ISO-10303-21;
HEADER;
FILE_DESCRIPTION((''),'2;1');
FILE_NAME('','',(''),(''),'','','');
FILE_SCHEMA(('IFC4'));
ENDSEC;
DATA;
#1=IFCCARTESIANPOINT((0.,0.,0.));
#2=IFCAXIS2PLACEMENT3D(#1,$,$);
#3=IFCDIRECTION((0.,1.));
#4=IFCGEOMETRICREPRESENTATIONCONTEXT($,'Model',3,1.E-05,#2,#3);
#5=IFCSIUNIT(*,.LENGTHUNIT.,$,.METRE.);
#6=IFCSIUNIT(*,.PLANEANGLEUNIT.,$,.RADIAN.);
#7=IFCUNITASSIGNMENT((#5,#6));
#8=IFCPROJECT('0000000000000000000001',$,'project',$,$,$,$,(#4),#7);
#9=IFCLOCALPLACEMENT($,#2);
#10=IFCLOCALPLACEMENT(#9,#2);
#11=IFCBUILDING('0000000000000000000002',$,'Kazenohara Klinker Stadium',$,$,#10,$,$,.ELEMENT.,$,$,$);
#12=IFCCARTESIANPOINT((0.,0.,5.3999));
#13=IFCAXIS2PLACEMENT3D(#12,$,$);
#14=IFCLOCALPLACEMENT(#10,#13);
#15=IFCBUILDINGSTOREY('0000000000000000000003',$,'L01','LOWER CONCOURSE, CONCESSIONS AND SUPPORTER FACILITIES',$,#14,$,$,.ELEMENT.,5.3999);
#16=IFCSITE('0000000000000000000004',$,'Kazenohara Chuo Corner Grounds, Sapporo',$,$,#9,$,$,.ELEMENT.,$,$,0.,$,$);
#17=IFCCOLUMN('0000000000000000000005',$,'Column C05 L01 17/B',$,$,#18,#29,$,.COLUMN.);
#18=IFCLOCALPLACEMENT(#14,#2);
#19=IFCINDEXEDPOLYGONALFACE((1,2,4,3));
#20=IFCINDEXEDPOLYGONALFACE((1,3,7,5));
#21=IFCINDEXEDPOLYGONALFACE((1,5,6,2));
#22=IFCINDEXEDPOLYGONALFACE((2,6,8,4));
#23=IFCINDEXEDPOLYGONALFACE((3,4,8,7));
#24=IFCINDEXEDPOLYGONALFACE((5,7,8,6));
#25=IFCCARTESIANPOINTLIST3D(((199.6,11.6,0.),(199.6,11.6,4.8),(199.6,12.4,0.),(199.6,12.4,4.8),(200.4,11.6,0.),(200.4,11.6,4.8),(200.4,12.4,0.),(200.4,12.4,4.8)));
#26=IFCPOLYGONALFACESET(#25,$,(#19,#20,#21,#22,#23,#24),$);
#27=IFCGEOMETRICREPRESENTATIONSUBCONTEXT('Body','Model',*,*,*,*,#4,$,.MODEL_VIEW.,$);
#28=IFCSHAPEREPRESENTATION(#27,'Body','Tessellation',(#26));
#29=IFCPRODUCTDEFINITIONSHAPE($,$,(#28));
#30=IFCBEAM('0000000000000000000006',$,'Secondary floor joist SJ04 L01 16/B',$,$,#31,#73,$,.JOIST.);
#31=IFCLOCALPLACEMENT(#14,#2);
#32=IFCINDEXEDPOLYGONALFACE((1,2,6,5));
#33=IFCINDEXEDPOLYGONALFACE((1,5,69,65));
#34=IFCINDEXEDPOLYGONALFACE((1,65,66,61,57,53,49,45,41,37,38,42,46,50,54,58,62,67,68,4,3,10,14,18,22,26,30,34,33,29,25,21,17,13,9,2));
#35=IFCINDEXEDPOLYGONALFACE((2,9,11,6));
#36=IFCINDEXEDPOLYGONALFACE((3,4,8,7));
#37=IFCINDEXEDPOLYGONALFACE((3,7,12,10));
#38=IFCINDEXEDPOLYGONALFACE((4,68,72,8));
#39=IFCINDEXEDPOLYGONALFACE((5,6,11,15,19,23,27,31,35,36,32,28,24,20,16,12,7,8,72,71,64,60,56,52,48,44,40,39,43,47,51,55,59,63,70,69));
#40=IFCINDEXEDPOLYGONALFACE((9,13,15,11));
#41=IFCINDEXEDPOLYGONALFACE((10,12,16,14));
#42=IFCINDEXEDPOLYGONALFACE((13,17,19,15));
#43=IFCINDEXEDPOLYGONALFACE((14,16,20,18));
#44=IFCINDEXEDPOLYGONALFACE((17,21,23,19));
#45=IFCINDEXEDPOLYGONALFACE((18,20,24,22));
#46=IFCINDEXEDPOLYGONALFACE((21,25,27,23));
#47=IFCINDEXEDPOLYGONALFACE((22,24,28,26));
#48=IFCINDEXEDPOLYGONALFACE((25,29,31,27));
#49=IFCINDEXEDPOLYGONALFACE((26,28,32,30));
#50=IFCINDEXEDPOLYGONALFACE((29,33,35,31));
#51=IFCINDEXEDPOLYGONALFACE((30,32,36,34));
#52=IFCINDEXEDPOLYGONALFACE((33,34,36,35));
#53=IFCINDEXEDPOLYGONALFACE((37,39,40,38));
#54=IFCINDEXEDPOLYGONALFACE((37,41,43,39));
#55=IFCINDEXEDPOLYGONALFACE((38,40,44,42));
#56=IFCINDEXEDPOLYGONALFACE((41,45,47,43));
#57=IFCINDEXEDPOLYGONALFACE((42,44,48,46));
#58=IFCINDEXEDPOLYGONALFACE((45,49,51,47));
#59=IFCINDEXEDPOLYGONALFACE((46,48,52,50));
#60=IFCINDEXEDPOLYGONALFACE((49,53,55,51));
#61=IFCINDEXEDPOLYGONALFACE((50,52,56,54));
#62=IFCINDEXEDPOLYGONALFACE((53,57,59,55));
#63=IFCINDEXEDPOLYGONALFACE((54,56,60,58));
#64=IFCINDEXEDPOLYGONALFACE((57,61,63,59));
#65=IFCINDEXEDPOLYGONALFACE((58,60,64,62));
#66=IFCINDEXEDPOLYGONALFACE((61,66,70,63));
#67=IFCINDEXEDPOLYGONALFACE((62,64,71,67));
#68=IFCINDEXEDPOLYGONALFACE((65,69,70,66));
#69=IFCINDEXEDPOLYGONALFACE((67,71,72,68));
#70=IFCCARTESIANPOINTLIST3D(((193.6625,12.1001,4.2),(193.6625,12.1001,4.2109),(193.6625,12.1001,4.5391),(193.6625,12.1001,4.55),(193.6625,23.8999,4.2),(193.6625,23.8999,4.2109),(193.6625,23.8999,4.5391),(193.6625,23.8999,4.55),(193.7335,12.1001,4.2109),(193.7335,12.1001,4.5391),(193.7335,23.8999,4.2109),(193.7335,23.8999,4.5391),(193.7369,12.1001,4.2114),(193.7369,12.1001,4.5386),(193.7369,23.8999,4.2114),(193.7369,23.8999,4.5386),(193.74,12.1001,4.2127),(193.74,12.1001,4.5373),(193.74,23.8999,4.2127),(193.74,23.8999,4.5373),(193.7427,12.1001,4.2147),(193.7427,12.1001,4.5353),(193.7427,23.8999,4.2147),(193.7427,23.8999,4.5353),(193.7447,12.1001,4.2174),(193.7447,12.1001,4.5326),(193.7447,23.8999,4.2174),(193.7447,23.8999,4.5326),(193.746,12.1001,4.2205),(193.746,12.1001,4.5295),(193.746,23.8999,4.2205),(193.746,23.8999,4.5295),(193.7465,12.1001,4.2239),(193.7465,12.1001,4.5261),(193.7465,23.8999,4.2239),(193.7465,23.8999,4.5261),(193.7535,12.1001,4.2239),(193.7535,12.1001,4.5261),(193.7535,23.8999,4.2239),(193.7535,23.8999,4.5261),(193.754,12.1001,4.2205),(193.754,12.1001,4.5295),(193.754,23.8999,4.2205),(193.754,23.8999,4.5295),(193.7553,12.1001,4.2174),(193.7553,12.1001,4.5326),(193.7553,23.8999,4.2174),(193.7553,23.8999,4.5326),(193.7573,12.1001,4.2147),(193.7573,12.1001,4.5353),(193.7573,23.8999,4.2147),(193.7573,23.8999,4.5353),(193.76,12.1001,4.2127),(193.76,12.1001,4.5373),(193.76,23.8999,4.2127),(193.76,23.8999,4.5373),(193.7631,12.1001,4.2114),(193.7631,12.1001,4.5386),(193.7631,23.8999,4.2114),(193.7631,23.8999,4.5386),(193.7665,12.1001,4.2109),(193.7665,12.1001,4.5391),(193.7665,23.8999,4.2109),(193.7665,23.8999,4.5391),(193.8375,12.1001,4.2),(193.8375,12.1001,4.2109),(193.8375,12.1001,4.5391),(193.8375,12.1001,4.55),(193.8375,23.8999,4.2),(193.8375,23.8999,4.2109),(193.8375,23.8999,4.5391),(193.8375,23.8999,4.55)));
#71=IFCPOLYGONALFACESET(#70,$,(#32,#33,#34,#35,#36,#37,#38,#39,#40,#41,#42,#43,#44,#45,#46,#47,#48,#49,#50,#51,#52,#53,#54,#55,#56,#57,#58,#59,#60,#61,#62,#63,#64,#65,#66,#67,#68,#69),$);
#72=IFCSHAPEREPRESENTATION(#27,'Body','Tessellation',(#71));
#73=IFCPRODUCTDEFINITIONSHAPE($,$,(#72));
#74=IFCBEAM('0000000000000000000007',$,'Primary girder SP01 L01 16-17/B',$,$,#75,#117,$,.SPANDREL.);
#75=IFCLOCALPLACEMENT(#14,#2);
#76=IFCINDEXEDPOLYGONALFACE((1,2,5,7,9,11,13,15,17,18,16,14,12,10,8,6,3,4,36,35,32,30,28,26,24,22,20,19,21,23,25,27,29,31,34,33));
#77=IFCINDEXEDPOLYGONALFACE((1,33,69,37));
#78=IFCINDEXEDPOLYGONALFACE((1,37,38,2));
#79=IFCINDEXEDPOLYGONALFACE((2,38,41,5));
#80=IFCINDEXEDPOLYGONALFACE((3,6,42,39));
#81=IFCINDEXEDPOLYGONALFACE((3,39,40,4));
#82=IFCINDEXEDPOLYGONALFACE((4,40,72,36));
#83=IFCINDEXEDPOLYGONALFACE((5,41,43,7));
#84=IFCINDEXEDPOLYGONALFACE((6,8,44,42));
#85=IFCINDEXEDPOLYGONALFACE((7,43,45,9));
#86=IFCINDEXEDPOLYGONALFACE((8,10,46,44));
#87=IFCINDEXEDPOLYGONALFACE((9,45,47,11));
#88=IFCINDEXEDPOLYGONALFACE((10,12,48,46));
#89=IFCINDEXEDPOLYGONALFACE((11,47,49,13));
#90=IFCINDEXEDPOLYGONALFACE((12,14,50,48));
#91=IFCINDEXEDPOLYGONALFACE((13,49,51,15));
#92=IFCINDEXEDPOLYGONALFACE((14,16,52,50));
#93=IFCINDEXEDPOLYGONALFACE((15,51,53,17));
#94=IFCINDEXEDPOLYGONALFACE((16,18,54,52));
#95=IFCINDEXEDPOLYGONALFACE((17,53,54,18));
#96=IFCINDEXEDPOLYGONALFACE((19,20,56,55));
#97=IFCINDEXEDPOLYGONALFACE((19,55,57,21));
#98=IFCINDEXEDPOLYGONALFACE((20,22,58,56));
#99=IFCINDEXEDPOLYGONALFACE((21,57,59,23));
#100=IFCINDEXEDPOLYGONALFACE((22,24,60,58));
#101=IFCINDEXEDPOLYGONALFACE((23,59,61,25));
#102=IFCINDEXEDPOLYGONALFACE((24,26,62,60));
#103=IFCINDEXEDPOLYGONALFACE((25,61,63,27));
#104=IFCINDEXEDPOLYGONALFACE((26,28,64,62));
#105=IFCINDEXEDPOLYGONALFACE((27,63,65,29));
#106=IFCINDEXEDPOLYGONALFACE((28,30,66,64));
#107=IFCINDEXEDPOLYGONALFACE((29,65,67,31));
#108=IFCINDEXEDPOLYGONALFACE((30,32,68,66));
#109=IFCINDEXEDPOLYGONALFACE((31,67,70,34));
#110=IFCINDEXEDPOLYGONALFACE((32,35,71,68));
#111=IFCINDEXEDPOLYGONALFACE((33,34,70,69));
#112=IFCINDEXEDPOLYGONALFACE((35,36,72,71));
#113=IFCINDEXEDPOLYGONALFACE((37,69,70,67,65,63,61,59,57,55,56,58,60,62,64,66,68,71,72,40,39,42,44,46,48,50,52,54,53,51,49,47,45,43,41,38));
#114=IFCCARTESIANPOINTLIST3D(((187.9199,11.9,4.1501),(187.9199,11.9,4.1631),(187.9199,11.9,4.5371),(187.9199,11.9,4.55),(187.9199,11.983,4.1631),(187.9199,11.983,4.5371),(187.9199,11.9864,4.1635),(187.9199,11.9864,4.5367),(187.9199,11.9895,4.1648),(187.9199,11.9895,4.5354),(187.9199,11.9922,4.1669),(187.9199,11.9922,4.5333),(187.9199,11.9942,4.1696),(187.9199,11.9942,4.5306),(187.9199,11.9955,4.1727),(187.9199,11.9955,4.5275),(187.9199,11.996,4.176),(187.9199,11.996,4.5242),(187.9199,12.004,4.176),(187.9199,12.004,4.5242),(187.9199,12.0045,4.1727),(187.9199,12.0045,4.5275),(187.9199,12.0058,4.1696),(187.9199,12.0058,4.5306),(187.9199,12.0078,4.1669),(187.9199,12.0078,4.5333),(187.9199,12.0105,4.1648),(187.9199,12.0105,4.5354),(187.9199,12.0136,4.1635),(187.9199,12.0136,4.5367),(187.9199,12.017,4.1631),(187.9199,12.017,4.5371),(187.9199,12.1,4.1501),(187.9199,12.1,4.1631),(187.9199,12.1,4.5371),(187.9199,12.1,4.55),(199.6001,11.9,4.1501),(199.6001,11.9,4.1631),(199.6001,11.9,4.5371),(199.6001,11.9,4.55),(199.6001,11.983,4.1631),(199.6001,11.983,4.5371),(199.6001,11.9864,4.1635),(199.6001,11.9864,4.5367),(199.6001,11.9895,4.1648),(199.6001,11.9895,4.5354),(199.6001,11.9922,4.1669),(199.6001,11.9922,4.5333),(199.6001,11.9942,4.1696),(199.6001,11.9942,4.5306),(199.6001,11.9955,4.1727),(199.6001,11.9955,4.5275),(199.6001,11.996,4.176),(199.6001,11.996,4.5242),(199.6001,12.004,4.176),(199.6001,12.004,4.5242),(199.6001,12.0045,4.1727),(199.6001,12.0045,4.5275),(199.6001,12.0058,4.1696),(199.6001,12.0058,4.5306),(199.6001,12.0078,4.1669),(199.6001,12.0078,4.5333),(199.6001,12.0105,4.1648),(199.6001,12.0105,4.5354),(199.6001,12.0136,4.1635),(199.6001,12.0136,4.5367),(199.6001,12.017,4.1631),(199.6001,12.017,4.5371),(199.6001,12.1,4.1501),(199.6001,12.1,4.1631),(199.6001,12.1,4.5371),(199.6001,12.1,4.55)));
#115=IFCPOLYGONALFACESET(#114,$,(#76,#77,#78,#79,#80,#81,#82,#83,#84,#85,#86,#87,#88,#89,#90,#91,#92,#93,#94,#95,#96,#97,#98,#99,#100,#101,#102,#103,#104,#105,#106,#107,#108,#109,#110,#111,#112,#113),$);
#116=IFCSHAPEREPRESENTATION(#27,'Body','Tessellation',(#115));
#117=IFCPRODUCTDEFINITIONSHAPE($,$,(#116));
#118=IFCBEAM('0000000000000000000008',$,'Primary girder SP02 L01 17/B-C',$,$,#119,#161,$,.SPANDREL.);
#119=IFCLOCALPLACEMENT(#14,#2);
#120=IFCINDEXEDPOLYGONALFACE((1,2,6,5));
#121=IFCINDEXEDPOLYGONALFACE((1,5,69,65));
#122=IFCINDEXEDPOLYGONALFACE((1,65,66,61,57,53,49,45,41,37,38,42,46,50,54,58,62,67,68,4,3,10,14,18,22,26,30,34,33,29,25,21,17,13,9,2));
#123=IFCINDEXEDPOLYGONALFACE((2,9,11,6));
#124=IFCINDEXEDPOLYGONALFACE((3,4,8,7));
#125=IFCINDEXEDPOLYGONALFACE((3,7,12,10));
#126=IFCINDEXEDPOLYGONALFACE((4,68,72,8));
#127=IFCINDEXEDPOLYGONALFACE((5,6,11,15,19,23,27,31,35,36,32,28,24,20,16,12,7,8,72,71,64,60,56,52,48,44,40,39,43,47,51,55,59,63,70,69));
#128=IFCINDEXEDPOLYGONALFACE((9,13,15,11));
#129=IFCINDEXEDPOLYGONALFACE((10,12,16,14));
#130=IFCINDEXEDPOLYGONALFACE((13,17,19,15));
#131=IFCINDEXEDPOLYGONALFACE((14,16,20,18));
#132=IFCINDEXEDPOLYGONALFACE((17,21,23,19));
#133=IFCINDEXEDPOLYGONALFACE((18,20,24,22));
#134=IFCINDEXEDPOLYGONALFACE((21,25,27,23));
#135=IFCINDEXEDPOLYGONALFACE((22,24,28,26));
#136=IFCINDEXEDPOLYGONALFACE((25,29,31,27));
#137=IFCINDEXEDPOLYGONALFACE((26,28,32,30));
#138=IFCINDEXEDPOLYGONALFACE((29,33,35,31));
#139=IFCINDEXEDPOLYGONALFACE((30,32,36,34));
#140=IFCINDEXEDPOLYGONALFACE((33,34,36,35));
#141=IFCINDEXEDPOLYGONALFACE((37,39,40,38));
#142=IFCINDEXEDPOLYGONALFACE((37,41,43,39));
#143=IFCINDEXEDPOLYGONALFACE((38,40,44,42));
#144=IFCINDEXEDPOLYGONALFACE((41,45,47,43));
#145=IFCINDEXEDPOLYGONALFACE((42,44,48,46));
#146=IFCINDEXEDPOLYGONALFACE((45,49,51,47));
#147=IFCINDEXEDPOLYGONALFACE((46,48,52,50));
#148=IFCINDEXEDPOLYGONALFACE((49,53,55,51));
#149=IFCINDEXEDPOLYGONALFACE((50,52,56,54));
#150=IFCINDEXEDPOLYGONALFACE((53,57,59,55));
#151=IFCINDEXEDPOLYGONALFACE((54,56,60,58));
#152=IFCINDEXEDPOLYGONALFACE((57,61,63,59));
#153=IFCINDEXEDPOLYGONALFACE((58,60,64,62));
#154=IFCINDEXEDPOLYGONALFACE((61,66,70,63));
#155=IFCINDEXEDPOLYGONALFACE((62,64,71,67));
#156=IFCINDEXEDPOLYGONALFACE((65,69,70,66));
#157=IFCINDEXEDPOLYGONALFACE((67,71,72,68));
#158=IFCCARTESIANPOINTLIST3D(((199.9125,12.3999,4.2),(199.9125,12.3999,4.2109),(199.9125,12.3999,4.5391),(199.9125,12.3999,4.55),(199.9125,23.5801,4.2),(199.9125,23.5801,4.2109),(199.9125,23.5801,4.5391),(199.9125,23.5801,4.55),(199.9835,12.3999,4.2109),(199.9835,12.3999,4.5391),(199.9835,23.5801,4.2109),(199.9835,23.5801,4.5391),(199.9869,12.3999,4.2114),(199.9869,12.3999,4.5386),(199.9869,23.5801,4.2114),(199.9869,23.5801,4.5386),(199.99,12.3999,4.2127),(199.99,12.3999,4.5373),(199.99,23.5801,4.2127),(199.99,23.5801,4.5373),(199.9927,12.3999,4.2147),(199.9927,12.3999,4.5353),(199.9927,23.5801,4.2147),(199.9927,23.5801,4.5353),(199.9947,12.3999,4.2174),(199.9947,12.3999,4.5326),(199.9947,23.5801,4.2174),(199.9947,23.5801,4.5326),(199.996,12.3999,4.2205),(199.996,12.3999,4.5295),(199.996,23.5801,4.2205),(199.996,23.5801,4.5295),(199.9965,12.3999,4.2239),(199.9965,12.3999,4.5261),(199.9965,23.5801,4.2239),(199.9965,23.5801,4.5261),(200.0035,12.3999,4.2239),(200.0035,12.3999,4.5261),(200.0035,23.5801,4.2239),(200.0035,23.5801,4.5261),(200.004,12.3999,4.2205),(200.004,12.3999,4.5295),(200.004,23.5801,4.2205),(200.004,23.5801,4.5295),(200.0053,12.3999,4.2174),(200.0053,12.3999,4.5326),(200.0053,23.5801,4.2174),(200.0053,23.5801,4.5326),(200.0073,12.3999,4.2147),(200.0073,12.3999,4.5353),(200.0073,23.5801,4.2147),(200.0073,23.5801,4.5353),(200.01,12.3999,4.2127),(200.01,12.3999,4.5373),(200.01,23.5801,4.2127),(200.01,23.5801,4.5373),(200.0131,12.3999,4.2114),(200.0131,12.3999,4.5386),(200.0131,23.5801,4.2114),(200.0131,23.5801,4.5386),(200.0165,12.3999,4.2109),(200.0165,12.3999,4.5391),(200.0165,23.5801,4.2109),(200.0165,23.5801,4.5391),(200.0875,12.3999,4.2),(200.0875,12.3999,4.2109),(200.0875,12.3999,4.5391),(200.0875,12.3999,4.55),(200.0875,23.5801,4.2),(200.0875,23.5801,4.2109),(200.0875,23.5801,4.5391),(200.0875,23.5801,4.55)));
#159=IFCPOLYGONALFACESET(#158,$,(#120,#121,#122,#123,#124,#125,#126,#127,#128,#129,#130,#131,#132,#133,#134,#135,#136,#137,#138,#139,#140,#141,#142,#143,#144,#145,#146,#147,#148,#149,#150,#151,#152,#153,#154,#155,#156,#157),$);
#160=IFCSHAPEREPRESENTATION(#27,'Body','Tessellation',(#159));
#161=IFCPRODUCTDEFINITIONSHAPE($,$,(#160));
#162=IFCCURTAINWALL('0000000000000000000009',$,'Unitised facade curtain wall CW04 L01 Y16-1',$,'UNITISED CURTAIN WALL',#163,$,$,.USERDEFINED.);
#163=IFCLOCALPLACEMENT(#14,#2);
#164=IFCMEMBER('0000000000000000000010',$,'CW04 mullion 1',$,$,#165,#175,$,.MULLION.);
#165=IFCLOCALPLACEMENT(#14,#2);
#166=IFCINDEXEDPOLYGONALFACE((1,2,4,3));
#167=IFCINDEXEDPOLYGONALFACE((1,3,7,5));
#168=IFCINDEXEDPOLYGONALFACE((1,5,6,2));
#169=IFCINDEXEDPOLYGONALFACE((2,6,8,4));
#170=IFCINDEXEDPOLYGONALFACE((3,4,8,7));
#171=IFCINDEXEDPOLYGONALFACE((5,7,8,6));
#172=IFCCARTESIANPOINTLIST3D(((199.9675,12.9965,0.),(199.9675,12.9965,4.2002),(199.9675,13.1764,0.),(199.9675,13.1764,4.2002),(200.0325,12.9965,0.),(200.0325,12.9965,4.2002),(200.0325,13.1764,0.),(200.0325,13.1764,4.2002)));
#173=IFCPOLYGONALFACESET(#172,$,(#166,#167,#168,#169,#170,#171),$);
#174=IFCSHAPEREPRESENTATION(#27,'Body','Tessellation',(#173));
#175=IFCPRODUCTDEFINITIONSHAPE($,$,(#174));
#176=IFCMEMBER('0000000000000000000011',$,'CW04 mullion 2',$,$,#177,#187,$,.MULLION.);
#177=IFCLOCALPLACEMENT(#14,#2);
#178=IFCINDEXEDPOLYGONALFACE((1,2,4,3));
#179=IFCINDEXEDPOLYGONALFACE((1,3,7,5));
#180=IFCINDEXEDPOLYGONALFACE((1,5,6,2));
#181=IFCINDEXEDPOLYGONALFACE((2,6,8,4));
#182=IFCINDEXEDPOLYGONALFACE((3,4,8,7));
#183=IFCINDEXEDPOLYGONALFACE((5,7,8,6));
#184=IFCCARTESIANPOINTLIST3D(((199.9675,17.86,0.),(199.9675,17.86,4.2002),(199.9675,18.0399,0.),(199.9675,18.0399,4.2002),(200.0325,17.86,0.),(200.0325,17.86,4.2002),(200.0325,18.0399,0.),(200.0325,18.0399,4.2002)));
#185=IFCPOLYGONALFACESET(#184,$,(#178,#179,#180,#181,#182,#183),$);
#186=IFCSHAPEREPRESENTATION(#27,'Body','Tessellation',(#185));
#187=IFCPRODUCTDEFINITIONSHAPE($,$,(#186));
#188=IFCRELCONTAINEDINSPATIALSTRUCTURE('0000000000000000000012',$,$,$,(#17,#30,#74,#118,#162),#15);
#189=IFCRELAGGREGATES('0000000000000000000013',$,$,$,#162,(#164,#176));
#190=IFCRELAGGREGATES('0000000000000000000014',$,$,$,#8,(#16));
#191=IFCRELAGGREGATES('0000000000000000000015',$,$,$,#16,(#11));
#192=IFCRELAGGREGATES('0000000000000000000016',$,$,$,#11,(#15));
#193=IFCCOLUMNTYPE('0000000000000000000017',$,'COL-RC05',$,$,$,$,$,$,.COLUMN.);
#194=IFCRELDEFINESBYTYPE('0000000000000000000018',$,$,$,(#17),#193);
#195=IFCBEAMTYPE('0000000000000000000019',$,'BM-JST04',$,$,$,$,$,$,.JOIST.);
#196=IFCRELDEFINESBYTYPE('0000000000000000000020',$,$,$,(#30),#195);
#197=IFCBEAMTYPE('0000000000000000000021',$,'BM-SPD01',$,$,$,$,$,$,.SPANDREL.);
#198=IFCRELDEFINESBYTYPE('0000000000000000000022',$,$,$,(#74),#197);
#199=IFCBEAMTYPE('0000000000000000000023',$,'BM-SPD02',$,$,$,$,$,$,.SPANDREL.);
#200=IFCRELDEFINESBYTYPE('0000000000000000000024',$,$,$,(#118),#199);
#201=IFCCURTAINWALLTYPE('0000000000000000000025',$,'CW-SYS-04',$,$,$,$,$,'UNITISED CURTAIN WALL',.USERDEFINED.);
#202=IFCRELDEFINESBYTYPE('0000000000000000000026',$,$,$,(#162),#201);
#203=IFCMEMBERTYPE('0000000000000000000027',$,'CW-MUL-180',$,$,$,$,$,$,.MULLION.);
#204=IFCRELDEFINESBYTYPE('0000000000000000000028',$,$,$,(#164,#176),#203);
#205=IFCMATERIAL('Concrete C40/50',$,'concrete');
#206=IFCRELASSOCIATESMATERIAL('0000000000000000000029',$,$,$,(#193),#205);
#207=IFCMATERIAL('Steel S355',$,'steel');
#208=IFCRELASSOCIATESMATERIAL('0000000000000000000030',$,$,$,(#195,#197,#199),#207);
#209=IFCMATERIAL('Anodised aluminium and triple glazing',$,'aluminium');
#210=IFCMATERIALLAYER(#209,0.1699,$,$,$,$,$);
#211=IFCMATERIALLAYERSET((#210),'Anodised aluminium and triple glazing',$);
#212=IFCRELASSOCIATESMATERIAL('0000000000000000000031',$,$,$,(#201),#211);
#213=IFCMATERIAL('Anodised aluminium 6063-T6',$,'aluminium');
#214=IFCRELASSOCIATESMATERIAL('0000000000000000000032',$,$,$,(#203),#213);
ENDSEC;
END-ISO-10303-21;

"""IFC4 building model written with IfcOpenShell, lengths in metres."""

from ifc_helpers import new_model, si_unit, direction, frame, origin, origin_2d, place, context, subcontext, project, spatial, rectangle, i_section, extrude, material, layer, layer_set, material_profile, profile_set, type_object, element, aggregate, save


model = new_model("IFC4")

# Units and contexts
model_context = context("Model", 3, precision=1e-05, world=origin(), true_north=direction((0.0, 1.0)))
body_context = subcontext(model_context, "Body", "Model", "MODEL_VIEW")
ifc_project = project(units=[si_unit("LENGTHUNIT", "METRE"), si_unit("PLANEANGLEUNIT", "RADIAN")], contexts=[model_context])

# Site, building, storey
site_placement = place(None, origin())
site = spatial("IfcSite", under=ifc_project, at=site_placement, Name="Kazenohara Chuo Corner Grounds, Sapporo", CompositionType="ELEMENT", RefElevation=0.0)
building_placement = place(site_placement, origin())
building = spatial("IfcBuilding", under=site, at=building_placement, Name="Kazenohara Klinker Stadium", CompositionType="ELEMENT")
storey_placement = place(building_placement, frame((0.0, 0.0, 5.3999)))
storey = spatial("IfcBuildingStorey", under=building, at=storey_placement, Name="L01", Description="LOWER CONCOURSE, CONCESSIONS AND SUPPORTER FACILITIES", CompositionType="ELEMENT", Elevation=5.3999)

# Column
ifc_material_1 = material(Name="Concrete C40/50", Category="concrete")
ifc_material_profile_1 = material_profile(ifc_material_1, rectangle(XDim=0.8, YDim=0.8, at=origin_2d()), Name="RC-COL-800x800")
ifc_profile_set_1 = profile_set([ifc_material_profile_1], Name="Concrete C40/50")
column_type = type_object("IfcColumnType", Name="COL-RC05", PredefinedType="COLUMN", material=ifc_profile_set_1)
column_placement = place(storey_placement, frame((200.0, 12.0, 0.0), z_axis=(0.0, 0.0, 1.0), x_axis=(1.0, 0.0, 0.0)))
element("IfcColumn", 1, at=column_placement, inside=storey, type_object=column_type, Name="Column C05 L01 17/B", PredefinedType="COLUMN", context=body_context, shape_type="SweptSolid", body=[
    extrude(rectangle(XDim=0.8, YDim=0.8, at=origin_2d()), origin(), (0.0, 0.0, 1.0), 4.8),
])

# Beams
ifc_material_2 = material(Name="Steel S355", Category="steel")
ifc_material_profile_2 = material_profile(ifc_material_2, i_section(OverallWidth=0.175, OverallDepth=0.3501, WebThickness=0.0071, FlangeThickness=0.011, FilletRadius=0.0129, at=origin_2d()), Name="H-350x175x7x11")
ifc_profile_set_2 = profile_set([ifc_material_profile_2], Name="Steel S355")
beam_type_1 = type_object("IfcBeamType", Name="BM-JST04", PredefinedType="JOIST", material=ifc_profile_set_2)
beam_1_placement = place(storey_placement, frame((193.75, 12.1001, 4.375), z_axis=(0.0, 1.0, 0.0), x_axis=(-1.0, 0.0, 0.0)))
element("IfcBeam", 2, at=beam_1_placement, inside=storey, type_object=beam_type_1, Name="Secondary floor joist SJ04 L01 16/B", PredefinedType="JOIST", context=body_context, shape_type="SweptSolid", body=[
    extrude(i_section(OverallWidth=0.175, OverallDepth=0.3501, WebThickness=0.0071, FlangeThickness=0.011, FilletRadius=0.0129, at=origin_2d()), origin(), (0.0, 0.0, 1.0), 11.7998),
])
ifc_material_profile_3 = material_profile(ifc_material_2, i_section(OverallWidth=0.2, OverallDepth=0.3999, WebThickness=0.0081, FlangeThickness=0.0129, FilletRadius=0.0129, at=origin_2d()), Name="H-400x200x8x13")
ifc_profile_set_3 = profile_set([ifc_material_profile_3], Name="Steel S355")
beam_type_2 = type_object("IfcBeamType", Name="BM-SPD01", PredefinedType="SPANDREL", material=ifc_profile_set_3)
beam_2_placement = place(storey_placement, frame((187.9199, 12.0, 4.3501), z_axis=(1.0, 0.0, 0.0), x_axis=(0.0, 1.0, 0.0)))
element("IfcBeam", 3, at=beam_2_placement, inside=storey, type_object=beam_type_2, Name="Primary girder SP01 L01 16-17/B", PredefinedType="SPANDREL", context=body_context, shape_type="SweptSolid", body=[
    extrude(i_section(OverallWidth=0.2, OverallDepth=0.3999, WebThickness=0.0081, FlangeThickness=0.0129, FilletRadius=0.0129, at=origin_2d()), origin(), (0.0, 0.0, 1.0), 11.6802),
])
ifc_material_profile_4 = material_profile(ifc_material_2, i_section(OverallWidth=0.175, OverallDepth=0.3501, WebThickness=0.0071, FlangeThickness=0.011, FilletRadius=0.0129, at=origin_2d()), Name="H-350x175x7x11")
ifc_profile_set_4 = profile_set([ifc_material_profile_4], Name="Steel S355")
beam_type_3 = type_object("IfcBeamType", Name="BM-SPD02", PredefinedType="SPANDREL", material=ifc_profile_set_4)
beam_3_placement = place(storey_placement, frame((200.0, 12.3999, 4.375), z_axis=(0.0, 1.0, 0.0), x_axis=(-1.0, 0.0, 0.0)))
element("IfcBeam", 4, at=beam_3_placement, inside=storey, type_object=beam_type_3, Name="Primary girder SP02 L01 17/B-C", PredefinedType="SPANDREL", context=body_context, shape_type="SweptSolid", body=[
    extrude(i_section(OverallWidth=0.175, OverallDepth=0.3501, WebThickness=0.0071, FlangeThickness=0.011, FilletRadius=0.0129, at=origin_2d()), origin(), (0.0, 0.0, 1.0), 11.1802),
])

# Curtain wall, members
ifc_material_3 = material(Name="Anodised aluminium and triple glazing", Category="aluminium")
ifc_layer_1 = layer(ifc_material_3, 0.1699)
ifc_layer_set_1 = layer_set([ifc_layer_1], Name="Anodised aluminium and triple glazing")
curtain_wall_type = type_object("IfcCurtainWallType", Name="CW-SYS-04", ElementType="UNITISED CURTAIN WALL", PredefinedType="USERDEFINED", material=ifc_layer_set_1)
curtain_wall_placement = place(storey_placement, origin())
curtain_wall = element("IfcCurtainWall", 5, at=curtain_wall_placement, inside=storey, type_object=curtain_wall_type, Name="Unitised facade curtain wall CW04 L01 Y16-1", ObjectType="UNITISED CURTAIN WALL", PredefinedType="USERDEFINED")
ifc_material_4 = material(Name="Anodised aluminium 6063-T6", Category="aluminium")
ifc_material_profile_5 = material_profile(ifc_material_4, rectangle(XDim=0.0649, YDim=0.1799, at=origin_2d()), Name="ALU-MUL-65x180")
ifc_profile_set_5 = profile_set([ifc_material_profile_5], Name="Anodised aluminium 6063-T6")
member_type_1 = type_object("IfcMemberType", Name="CW-MUL-180", PredefinedType="MULLION", material=ifc_profile_set_5)
member_1_placement = place(storey_placement, frame((200.0, 13.0864, 0.0), z_axis=(0.0, 0.0, 1.0), x_axis=(-1.0, 0.0, 0.0)))
member_1 = element("IfcMember", 6, at=member_1_placement, type_object=member_type_1, Name="CW04 mullion 1", PredefinedType="MULLION", context=body_context, shape_type="SweptSolid", body=[
    extrude(rectangle(XDim=0.0649, YDim=0.1799, at=origin_2d()), origin(), (0.0, 0.0, 1.0), 4.2002),
])
member_2_placement = place(storey_placement, frame((200.0, 17.95, 0.0), z_axis=(0.0, 0.0, 1.0), x_axis=(-1.0, 0.0, 0.0)))
member_2 = element("IfcMember", 7, at=member_2_placement, type_object=member_type_1, Name="CW04 mullion 2", PredefinedType="MULLION", context=body_context, shape_type="SweptSolid", body=[
    extrude(rectangle(XDim=0.0649, YDim=0.1799, at=origin_2d()), origin(), (0.0, 0.0, 1.0), 4.2002),
])
aggregate(curtain_wall, [member_1, member_2])

save(model, "model.ifc")
